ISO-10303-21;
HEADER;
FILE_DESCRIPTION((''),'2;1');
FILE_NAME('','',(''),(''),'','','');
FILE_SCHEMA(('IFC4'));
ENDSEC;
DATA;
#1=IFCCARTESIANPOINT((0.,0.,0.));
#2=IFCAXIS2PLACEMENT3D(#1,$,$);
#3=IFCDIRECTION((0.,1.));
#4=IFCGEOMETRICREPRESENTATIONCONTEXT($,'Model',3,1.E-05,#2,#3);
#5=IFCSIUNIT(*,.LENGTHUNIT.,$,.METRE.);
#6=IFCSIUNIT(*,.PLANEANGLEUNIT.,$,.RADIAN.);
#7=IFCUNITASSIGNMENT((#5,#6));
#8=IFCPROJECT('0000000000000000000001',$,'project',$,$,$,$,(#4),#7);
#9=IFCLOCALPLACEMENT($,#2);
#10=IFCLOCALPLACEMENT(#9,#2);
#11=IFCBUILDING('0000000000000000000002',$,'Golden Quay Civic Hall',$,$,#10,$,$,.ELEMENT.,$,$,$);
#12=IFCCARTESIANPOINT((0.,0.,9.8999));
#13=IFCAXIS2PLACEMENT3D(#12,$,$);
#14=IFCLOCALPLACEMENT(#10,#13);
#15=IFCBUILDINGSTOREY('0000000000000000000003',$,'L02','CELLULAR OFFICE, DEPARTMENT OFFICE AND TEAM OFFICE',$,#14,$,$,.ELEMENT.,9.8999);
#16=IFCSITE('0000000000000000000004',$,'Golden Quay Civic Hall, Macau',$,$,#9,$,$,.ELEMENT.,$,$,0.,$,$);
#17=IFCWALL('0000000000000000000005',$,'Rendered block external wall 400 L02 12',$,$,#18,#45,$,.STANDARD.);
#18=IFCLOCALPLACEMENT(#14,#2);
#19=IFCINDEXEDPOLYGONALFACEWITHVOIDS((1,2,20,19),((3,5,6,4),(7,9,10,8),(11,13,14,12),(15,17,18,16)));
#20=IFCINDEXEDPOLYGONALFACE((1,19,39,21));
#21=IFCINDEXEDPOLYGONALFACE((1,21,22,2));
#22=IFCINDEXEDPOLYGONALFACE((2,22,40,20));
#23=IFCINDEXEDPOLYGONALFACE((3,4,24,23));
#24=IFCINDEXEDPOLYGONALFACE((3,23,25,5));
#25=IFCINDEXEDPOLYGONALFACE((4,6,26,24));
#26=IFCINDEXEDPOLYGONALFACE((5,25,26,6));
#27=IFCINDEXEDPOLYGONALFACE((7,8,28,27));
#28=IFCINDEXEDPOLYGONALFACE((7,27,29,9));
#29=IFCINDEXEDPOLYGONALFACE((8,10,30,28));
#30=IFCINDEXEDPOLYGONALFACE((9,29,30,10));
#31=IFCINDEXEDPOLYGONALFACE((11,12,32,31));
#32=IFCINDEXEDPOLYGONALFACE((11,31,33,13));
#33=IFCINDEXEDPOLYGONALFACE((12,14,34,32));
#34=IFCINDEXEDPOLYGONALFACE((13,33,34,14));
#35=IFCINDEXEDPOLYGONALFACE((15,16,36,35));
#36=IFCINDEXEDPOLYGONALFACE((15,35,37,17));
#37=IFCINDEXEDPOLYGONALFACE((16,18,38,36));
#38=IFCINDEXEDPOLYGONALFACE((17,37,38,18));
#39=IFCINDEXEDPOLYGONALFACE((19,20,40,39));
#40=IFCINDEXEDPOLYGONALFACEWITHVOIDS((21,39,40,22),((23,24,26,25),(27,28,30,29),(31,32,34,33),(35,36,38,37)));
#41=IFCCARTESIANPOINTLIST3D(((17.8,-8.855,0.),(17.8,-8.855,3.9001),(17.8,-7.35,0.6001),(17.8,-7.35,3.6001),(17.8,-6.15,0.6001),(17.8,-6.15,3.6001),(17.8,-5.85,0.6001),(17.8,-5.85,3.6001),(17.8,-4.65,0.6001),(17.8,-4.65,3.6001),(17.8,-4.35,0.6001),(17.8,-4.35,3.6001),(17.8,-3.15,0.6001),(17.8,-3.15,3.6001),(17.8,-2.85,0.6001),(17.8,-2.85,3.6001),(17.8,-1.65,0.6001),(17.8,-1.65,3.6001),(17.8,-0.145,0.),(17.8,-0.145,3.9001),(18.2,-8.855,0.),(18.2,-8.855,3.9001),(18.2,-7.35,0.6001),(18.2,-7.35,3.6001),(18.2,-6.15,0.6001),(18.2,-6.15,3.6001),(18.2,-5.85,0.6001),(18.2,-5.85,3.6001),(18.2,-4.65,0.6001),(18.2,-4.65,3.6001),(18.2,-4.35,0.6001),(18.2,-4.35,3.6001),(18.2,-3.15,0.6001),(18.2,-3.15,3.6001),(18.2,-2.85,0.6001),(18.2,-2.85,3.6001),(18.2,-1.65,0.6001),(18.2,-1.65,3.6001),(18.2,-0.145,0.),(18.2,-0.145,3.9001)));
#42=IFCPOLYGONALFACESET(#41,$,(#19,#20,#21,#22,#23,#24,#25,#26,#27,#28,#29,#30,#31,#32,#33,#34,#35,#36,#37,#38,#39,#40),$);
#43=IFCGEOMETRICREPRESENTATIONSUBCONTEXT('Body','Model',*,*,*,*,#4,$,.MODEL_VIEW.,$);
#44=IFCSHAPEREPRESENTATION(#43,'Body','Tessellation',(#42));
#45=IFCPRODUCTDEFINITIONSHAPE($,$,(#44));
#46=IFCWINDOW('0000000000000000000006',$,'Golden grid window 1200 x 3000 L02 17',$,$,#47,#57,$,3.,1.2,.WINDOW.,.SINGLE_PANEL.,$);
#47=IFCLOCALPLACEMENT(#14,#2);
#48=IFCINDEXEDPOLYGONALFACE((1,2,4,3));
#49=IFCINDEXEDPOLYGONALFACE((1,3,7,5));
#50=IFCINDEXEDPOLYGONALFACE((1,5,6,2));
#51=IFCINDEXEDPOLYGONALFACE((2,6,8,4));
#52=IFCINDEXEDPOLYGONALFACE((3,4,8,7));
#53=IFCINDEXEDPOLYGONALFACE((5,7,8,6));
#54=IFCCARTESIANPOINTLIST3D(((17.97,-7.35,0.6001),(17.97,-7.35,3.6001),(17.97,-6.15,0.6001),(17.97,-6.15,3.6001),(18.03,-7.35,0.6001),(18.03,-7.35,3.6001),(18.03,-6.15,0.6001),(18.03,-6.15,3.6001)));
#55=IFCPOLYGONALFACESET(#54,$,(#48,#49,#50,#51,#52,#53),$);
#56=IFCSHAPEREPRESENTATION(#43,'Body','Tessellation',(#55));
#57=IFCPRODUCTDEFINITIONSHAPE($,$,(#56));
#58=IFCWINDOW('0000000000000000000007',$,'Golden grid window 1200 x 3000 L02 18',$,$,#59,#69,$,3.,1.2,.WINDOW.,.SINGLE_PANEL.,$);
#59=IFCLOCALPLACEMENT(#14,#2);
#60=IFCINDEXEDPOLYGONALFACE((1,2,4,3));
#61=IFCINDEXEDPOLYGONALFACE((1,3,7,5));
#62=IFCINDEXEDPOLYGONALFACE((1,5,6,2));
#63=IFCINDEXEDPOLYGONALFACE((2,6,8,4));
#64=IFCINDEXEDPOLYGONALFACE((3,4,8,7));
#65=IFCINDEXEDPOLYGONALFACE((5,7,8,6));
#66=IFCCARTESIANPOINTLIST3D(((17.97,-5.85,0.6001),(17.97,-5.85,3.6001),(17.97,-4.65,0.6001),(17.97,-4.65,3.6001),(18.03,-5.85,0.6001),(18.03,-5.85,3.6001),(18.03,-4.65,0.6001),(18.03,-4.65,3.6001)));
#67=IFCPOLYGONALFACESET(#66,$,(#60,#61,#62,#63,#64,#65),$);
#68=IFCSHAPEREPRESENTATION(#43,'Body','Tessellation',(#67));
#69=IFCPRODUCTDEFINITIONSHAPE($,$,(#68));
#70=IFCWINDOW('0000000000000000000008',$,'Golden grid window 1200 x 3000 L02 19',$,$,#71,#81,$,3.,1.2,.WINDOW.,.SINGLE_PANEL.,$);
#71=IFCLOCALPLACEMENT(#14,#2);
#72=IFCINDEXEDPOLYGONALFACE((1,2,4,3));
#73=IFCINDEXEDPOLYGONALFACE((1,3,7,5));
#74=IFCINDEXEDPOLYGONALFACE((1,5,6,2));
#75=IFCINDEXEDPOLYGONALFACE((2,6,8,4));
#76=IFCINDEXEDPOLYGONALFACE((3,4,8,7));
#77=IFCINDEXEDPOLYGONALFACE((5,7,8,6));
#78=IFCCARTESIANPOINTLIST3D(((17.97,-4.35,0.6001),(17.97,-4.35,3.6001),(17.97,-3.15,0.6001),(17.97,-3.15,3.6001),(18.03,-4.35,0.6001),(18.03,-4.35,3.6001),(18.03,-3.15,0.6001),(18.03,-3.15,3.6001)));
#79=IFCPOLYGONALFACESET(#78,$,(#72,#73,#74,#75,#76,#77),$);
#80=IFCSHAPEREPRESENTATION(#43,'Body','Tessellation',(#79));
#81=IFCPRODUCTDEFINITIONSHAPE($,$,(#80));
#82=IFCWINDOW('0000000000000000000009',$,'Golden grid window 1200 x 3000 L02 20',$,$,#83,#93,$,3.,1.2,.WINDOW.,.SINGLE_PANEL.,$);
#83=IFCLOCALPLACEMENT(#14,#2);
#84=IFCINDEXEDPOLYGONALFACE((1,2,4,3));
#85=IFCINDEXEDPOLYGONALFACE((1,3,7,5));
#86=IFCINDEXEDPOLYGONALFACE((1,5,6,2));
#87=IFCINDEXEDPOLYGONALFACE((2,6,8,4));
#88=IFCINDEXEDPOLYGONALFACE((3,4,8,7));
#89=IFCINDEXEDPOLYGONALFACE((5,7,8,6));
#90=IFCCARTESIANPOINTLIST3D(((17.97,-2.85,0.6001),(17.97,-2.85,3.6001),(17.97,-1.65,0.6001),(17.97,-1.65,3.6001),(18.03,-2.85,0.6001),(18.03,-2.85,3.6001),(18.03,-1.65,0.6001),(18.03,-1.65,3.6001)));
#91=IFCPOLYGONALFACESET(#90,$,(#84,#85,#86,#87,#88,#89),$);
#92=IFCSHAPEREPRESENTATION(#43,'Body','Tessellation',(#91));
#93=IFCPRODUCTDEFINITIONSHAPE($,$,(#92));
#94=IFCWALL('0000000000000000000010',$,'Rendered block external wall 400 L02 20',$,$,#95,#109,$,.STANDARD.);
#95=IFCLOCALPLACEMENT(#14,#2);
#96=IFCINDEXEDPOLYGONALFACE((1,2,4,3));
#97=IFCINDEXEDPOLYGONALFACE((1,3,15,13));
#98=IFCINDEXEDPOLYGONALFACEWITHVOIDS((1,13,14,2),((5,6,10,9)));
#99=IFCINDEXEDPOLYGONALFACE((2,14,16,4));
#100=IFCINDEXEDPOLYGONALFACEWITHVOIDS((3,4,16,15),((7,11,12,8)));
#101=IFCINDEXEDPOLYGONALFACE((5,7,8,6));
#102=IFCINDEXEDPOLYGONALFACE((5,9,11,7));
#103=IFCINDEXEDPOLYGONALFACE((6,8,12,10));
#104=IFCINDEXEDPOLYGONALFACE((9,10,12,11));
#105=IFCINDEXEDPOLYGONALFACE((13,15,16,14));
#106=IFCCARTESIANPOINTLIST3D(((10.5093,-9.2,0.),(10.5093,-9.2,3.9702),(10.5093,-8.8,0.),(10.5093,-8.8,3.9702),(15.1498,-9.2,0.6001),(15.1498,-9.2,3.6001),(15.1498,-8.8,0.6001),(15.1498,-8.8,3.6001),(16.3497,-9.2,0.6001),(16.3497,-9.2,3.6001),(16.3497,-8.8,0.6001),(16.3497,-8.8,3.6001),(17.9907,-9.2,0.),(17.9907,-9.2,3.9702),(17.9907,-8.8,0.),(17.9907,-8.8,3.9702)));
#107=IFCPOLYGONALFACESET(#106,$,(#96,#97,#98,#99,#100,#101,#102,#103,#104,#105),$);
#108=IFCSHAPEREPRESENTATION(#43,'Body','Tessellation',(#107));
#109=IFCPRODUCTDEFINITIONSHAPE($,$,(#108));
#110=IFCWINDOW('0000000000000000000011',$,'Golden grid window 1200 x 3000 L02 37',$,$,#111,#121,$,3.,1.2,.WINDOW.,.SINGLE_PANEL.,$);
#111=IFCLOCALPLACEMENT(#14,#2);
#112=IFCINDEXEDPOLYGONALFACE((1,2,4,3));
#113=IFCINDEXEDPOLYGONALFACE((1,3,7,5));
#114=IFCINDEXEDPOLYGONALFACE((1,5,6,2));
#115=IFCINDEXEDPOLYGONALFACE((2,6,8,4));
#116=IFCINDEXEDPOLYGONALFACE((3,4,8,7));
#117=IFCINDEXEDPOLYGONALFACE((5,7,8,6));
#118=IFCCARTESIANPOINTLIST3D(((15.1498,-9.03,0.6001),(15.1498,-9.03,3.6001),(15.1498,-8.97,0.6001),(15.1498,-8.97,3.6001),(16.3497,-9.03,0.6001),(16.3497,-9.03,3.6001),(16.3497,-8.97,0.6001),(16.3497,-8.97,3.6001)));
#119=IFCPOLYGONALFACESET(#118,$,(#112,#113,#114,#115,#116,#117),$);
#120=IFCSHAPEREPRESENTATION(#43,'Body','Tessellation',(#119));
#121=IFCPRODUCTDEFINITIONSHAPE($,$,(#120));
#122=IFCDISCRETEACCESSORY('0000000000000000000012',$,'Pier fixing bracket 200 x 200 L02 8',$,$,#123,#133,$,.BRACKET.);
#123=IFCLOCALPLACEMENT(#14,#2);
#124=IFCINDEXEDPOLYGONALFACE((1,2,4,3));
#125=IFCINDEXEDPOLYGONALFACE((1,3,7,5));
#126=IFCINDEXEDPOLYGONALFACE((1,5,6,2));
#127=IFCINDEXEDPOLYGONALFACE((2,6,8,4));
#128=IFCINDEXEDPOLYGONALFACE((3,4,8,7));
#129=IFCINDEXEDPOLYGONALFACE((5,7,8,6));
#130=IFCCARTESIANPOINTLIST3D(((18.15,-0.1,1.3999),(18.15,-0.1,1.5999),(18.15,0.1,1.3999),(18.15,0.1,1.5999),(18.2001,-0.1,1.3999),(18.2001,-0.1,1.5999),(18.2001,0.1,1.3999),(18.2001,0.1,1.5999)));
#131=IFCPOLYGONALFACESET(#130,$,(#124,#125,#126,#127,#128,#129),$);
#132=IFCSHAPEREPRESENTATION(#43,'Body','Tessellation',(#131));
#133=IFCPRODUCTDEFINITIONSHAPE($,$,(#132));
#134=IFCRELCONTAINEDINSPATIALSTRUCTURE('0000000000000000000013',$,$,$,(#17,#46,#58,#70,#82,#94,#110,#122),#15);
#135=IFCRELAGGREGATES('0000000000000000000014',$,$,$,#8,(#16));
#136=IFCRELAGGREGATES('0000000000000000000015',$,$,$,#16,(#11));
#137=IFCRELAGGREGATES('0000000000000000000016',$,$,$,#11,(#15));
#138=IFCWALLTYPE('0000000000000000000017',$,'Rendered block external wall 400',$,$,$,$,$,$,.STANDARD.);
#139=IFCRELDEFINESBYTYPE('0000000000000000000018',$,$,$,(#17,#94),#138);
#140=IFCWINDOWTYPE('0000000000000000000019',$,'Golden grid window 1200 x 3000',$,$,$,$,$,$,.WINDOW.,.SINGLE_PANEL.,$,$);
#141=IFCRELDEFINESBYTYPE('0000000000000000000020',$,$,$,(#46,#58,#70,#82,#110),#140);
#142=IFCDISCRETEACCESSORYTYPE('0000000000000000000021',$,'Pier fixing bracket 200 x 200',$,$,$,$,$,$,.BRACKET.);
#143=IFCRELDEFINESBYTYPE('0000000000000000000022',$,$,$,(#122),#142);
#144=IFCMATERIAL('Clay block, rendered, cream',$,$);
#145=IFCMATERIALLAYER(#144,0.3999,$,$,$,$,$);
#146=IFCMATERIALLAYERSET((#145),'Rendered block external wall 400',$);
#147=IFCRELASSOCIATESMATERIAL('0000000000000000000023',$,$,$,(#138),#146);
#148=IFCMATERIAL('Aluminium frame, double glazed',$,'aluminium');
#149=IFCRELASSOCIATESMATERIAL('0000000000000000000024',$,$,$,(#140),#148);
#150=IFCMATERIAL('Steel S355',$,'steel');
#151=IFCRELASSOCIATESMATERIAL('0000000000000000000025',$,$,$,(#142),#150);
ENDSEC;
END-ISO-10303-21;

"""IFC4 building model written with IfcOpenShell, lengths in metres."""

from ifc_helpers import new_model, si_unit, direction, frame, frame_2d, origin, origin_2d, place, context, subcontext, project, spatial, rectangle, extrude, material, layer, layer_set, type_object, element, fill, save


model = new_model("IFC4")

# Units and contexts
model_context = context("Model", 3, precision=1e-05, world=origin(), true_north=direction((0.0, 1.0)))
body_context = subcontext(model_context, "Body", "Model", "MODEL_VIEW")
ifc_project = project(units=[si_unit("LENGTHUNIT", "METRE"), si_unit("PLANEANGLEUNIT", "RADIAN")], contexts=[model_context])

# Site, building, storey
site_placement = place(None, origin())
site = spatial("IfcSite", under=ifc_project, at=site_placement, Name="Golden Quay Civic Hall, Macau", CompositionType="ELEMENT", RefElevation=0.0)
building_placement = place(site_placement, origin())
building = spatial("IfcBuilding", under=site, at=building_placement, Name="Golden Quay Civic Hall", CompositionType="ELEMENT")
storey_placement = place(building_placement, frame((0.0, 0.0, 9.8999)))
storey = spatial("IfcBuildingStorey", under=building, at=storey_placement, Name="L02", Description="CELLULAR OFFICE, DEPARTMENT OFFICE AND TEAM OFFICE", CompositionType="ELEMENT", Elevation=9.8999)

# Wall, openings, windows
ifc_material_1 = material(Name="Clay block, rendered, cream")
ifc_layer = layer(ifc_material_1, 0.3999)
ifc_layer_set = layer_set([ifc_layer], Name="Rendered block external wall 400")
wall_type = type_object("IfcWallType", Name="Rendered block external wall 400", PredefinedType="STANDARD", material=ifc_layer_set)
wall_1_placement = place(storey_placement, frame((18.0, -0.145, 0.0), z_axis=(0.0, 0.0, 1.0), x_axis=(0.0, -1.0, 0.0)))
wall_1 = element("IfcWall", 1, at=wall_1_placement, inside=storey, type_object=wall_type, Name="Rendered block external wall 400 L02 12", PredefinedType="STANDARD", context=body_context, shape_type="SweptSolid", body=[
    extrude(rectangle(XDim=8.71, YDim=0.3999, at=frame_2d((4.355, 0.0))), origin(), (0.0, 0.0, 1.0), 3.9001),
])
opening_1_placement = place(wall_1_placement, frame((6.0049, 0.0, 0.6001)))
opening_1 = element("IfcOpeningElement", 2, at=opening_1_placement, cuts=wall_1, PredefinedType="OPENING", context=body_context, shape_type="SweptSolid", body=[
    extrude(rectangle(XDim=1.2, YDim=3.0, at=frame_2d((0.6001, 1.5))), frame((0.0, 0.21, 0.0), z_axis=(0.0, -1.0, 0.0), x_axis=(1.0, 0.0, 0.0)), (0.0, 0.0, 1.0), 0.4199),
])
opening_2_placement = place(wall_1_placement, frame((4.5049, 0.0, 0.6001)))
opening_2 = element("IfcOpeningElement", 3, at=opening_2_placement, cuts=wall_1, PredefinedType="OPENING", context=body_context, shape_type="SweptSolid", body=[
    extrude(rectangle(XDim=1.2, YDim=3.0, at=frame_2d((0.6001, 1.5))), frame((0.0, 0.21, 0.0), z_axis=(0.0, -1.0, 0.0), x_axis=(1.0, 0.0, 0.0)), (0.0, 0.0, 1.0), 0.4199),
])
opening_3_placement = place(wall_1_placement, frame((3.0049, 0.0, 0.6001)))
opening_3 = element("IfcOpeningElement", 4, at=opening_3_placement, cuts=wall_1, PredefinedType="OPENING", context=body_context, shape_type="SweptSolid", body=[
    extrude(rectangle(XDim=1.2, YDim=3.0, at=frame_2d((0.6001, 1.5))), frame((0.0, 0.21, 0.0), z_axis=(0.0, -1.0, 0.0), x_axis=(1.0, 0.0, 0.0)), (0.0, 0.0, 1.0), 0.4199),
])
opening_4_placement = place(wall_1_placement, frame((1.5049, 0.0, 0.6001)))
opening_4 = element("IfcOpeningElement", 5, at=opening_4_placement, cuts=wall_1, PredefinedType="OPENING", context=body_context, shape_type="SweptSolid", body=[
    extrude(rectangle(XDim=1.2, YDim=3.0, at=frame_2d((0.6001, 1.5))), frame((0.0, 0.21, 0.0), z_axis=(0.0, -1.0, 0.0), x_axis=(1.0, 0.0, 0.0)), (0.0, 0.0, 1.0), 0.4199),
])
ifc_material_2 = material(Name="Aluminium frame, double glazed", Category="aluminium")
window_type = type_object("IfcWindowType", Name="Golden grid window 1200 x 3000", PartitioningType="SINGLE_PANEL", PredefinedType="WINDOW", material=ifc_material_2)
window_1_placement = place(opening_1_placement, origin())
window_1 = element("IfcWindow", 6, at=window_1_placement, inside=storey, type_object=window_type, Name="Golden grid window 1200 x 3000 L02 17", OverallHeight=3.0, OverallWidth=1.2, PartitioningType="SINGLE_PANEL", PredefinedType="WINDOW", context=body_context, shape_type="SweptSolid", body=[
    extrude(rectangle(XDim=1.2, YDim=3.0, at=frame_2d((0.6001, 1.5))), frame((0.0, 0.03, 0.0), z_axis=(0.0, -1.0, 0.0), x_axis=(1.0, 0.0, 0.0)), (0.0, 0.0, 1.0), 0.0601),
])
fill(opening_1, window_1)
window_2_placement = place(opening_2_placement, origin())
window_2 = element("IfcWindow", 7, at=window_2_placement, inside=storey, type_object=window_type, Name="Golden grid window 1200 x 3000 L02 18", OverallHeight=3.0, OverallWidth=1.2, PartitioningType="SINGLE_PANEL", PredefinedType="WINDOW", context=body_context, shape_type="SweptSolid", body=[
    extrude(rectangle(XDim=1.2, YDim=3.0, at=frame_2d((0.6001, 1.5))), frame((0.0, 0.03, 0.0), z_axis=(0.0, -1.0, 0.0), x_axis=(1.0, 0.0, 0.0)), (0.0, 0.0, 1.0), 0.0601),
])
fill(opening_2, window_2)
window_3_placement = place(opening_3_placement, origin())
window_3 = element("IfcWindow", 8, at=window_3_placement, inside=storey, type_object=window_type, Name="Golden grid window 1200 x 3000 L02 19", OverallHeight=3.0, OverallWidth=1.2, PartitioningType="SINGLE_PANEL", PredefinedType="WINDOW", context=body_context, shape_type="SweptSolid", body=[
    extrude(rectangle(XDim=1.2, YDim=3.0, at=frame_2d((0.6001, 1.5))), frame((0.0, 0.03, 0.0), z_axis=(0.0, -1.0, 0.0), x_axis=(1.0, 0.0, 0.0)), (0.0, 0.0, 1.0), 0.0601),
])
fill(opening_3, window_3)
window_4_placement = place(opening_4_placement, origin())
window_4 = element("IfcWindow", 9, at=window_4_placement, inside=storey, type_object=window_type, Name="Golden grid window 1200 x 3000 L02 20", OverallHeight=3.0, OverallWidth=1.2, PartitioningType="SINGLE_PANEL", PredefinedType="WINDOW", context=body_context, shape_type="SweptSolid", body=[
    extrude(rectangle(XDim=1.2, YDim=3.0, at=frame_2d((0.6001, 1.5))), frame((0.0, 0.03, 0.0), z_axis=(0.0, -1.0, 0.0), x_axis=(1.0, 0.0, 0.0)), (0.0, 0.0, 1.0), 0.0601),
])
fill(opening_4, window_4)

# Wall, opening, window
wall_2_placement = place(storey_placement, frame((17.9907, -9.0, 0.0), z_axis=(0.0, 0.0, 1.0), x_axis=(-1.0, 0.0, 0.0)))
wall_2 = element("IfcWall", 10, at=wall_2_placement, inside=storey, type_object=wall_type, Name="Rendered block external wall 400 L02 20", PredefinedType="STANDARD", context=body_context, shape_type="SweptSolid", body=[
    extrude(rectangle(XDim=7.4814, YDim=0.3999, at=frame_2d((3.7407, 0.0))), origin(), (0.0, 0.0, 1.0), 3.9702),
])
opening_5_placement = place(wall_2_placement, frame((1.6409, 0.0, 0.6001)))
opening_5 = element("IfcOpeningElement", 11, at=opening_5_placement, cuts=wall_2, PredefinedType="OPENING", context=body_context, shape_type="SweptSolid", body=[
    extrude(rectangle(XDim=1.2, YDim=3.0, at=frame_2d((0.6001, 1.5))), frame((0.0, 0.21, 0.0), z_axis=(0.0, -1.0, 0.0), x_axis=(1.0, 0.0, 0.0)), (0.0, 0.0, 1.0), 0.4199),
])
window_5_placement = place(opening_5_placement, origin())
window_5 = element("IfcWindow", 12, at=window_5_placement, inside=storey, type_object=window_type, Name="Golden grid window 1200 x 3000 L02 37", OverallHeight=3.0, OverallWidth=1.2, PartitioningType="SINGLE_PANEL", PredefinedType="WINDOW", context=body_context, shape_type="SweptSolid", body=[
    extrude(rectangle(XDim=1.2, YDim=3.0, at=frame_2d((0.6001, 1.5))), frame((0.0, 0.03, 0.0), z_axis=(0.0, -1.0, 0.0), x_axis=(1.0, 0.0, 0.0)), (0.0, 0.0, 1.0), 0.0601),
])
fill(opening_5, window_5)

# Discrete accessory
ifc_material_3 = material(Name="Steel S355", Category="steel")
discrete_accessory_type = type_object("IfcDiscreteAccessoryType", Name="Pier fixing bracket 200 x 200", PredefinedType="BRACKET", material=ifc_material_3)
discrete_accessory_placement = place(storey_placement, frame((18.175, 0.0, 1.3999), z_axis=(0.0, 0.0, 1.0), x_axis=(0.0, 1.0, 0.0)))
element("IfcDiscreteAccessory", 13, at=discrete_accessory_placement, inside=storey, type_object=discrete_accessory_type, Name="Pier fixing bracket 200 x 200 L02 8", PredefinedType="BRACKET", context=body_context, shape_type="SweptSolid", body=[
    extrude(rectangle(XDim=0.2, YDim=0.05, at=origin_2d()), origin(), (0.0, 0.0, 1.0), 0.2),
])

save(model, "model.ifc")
